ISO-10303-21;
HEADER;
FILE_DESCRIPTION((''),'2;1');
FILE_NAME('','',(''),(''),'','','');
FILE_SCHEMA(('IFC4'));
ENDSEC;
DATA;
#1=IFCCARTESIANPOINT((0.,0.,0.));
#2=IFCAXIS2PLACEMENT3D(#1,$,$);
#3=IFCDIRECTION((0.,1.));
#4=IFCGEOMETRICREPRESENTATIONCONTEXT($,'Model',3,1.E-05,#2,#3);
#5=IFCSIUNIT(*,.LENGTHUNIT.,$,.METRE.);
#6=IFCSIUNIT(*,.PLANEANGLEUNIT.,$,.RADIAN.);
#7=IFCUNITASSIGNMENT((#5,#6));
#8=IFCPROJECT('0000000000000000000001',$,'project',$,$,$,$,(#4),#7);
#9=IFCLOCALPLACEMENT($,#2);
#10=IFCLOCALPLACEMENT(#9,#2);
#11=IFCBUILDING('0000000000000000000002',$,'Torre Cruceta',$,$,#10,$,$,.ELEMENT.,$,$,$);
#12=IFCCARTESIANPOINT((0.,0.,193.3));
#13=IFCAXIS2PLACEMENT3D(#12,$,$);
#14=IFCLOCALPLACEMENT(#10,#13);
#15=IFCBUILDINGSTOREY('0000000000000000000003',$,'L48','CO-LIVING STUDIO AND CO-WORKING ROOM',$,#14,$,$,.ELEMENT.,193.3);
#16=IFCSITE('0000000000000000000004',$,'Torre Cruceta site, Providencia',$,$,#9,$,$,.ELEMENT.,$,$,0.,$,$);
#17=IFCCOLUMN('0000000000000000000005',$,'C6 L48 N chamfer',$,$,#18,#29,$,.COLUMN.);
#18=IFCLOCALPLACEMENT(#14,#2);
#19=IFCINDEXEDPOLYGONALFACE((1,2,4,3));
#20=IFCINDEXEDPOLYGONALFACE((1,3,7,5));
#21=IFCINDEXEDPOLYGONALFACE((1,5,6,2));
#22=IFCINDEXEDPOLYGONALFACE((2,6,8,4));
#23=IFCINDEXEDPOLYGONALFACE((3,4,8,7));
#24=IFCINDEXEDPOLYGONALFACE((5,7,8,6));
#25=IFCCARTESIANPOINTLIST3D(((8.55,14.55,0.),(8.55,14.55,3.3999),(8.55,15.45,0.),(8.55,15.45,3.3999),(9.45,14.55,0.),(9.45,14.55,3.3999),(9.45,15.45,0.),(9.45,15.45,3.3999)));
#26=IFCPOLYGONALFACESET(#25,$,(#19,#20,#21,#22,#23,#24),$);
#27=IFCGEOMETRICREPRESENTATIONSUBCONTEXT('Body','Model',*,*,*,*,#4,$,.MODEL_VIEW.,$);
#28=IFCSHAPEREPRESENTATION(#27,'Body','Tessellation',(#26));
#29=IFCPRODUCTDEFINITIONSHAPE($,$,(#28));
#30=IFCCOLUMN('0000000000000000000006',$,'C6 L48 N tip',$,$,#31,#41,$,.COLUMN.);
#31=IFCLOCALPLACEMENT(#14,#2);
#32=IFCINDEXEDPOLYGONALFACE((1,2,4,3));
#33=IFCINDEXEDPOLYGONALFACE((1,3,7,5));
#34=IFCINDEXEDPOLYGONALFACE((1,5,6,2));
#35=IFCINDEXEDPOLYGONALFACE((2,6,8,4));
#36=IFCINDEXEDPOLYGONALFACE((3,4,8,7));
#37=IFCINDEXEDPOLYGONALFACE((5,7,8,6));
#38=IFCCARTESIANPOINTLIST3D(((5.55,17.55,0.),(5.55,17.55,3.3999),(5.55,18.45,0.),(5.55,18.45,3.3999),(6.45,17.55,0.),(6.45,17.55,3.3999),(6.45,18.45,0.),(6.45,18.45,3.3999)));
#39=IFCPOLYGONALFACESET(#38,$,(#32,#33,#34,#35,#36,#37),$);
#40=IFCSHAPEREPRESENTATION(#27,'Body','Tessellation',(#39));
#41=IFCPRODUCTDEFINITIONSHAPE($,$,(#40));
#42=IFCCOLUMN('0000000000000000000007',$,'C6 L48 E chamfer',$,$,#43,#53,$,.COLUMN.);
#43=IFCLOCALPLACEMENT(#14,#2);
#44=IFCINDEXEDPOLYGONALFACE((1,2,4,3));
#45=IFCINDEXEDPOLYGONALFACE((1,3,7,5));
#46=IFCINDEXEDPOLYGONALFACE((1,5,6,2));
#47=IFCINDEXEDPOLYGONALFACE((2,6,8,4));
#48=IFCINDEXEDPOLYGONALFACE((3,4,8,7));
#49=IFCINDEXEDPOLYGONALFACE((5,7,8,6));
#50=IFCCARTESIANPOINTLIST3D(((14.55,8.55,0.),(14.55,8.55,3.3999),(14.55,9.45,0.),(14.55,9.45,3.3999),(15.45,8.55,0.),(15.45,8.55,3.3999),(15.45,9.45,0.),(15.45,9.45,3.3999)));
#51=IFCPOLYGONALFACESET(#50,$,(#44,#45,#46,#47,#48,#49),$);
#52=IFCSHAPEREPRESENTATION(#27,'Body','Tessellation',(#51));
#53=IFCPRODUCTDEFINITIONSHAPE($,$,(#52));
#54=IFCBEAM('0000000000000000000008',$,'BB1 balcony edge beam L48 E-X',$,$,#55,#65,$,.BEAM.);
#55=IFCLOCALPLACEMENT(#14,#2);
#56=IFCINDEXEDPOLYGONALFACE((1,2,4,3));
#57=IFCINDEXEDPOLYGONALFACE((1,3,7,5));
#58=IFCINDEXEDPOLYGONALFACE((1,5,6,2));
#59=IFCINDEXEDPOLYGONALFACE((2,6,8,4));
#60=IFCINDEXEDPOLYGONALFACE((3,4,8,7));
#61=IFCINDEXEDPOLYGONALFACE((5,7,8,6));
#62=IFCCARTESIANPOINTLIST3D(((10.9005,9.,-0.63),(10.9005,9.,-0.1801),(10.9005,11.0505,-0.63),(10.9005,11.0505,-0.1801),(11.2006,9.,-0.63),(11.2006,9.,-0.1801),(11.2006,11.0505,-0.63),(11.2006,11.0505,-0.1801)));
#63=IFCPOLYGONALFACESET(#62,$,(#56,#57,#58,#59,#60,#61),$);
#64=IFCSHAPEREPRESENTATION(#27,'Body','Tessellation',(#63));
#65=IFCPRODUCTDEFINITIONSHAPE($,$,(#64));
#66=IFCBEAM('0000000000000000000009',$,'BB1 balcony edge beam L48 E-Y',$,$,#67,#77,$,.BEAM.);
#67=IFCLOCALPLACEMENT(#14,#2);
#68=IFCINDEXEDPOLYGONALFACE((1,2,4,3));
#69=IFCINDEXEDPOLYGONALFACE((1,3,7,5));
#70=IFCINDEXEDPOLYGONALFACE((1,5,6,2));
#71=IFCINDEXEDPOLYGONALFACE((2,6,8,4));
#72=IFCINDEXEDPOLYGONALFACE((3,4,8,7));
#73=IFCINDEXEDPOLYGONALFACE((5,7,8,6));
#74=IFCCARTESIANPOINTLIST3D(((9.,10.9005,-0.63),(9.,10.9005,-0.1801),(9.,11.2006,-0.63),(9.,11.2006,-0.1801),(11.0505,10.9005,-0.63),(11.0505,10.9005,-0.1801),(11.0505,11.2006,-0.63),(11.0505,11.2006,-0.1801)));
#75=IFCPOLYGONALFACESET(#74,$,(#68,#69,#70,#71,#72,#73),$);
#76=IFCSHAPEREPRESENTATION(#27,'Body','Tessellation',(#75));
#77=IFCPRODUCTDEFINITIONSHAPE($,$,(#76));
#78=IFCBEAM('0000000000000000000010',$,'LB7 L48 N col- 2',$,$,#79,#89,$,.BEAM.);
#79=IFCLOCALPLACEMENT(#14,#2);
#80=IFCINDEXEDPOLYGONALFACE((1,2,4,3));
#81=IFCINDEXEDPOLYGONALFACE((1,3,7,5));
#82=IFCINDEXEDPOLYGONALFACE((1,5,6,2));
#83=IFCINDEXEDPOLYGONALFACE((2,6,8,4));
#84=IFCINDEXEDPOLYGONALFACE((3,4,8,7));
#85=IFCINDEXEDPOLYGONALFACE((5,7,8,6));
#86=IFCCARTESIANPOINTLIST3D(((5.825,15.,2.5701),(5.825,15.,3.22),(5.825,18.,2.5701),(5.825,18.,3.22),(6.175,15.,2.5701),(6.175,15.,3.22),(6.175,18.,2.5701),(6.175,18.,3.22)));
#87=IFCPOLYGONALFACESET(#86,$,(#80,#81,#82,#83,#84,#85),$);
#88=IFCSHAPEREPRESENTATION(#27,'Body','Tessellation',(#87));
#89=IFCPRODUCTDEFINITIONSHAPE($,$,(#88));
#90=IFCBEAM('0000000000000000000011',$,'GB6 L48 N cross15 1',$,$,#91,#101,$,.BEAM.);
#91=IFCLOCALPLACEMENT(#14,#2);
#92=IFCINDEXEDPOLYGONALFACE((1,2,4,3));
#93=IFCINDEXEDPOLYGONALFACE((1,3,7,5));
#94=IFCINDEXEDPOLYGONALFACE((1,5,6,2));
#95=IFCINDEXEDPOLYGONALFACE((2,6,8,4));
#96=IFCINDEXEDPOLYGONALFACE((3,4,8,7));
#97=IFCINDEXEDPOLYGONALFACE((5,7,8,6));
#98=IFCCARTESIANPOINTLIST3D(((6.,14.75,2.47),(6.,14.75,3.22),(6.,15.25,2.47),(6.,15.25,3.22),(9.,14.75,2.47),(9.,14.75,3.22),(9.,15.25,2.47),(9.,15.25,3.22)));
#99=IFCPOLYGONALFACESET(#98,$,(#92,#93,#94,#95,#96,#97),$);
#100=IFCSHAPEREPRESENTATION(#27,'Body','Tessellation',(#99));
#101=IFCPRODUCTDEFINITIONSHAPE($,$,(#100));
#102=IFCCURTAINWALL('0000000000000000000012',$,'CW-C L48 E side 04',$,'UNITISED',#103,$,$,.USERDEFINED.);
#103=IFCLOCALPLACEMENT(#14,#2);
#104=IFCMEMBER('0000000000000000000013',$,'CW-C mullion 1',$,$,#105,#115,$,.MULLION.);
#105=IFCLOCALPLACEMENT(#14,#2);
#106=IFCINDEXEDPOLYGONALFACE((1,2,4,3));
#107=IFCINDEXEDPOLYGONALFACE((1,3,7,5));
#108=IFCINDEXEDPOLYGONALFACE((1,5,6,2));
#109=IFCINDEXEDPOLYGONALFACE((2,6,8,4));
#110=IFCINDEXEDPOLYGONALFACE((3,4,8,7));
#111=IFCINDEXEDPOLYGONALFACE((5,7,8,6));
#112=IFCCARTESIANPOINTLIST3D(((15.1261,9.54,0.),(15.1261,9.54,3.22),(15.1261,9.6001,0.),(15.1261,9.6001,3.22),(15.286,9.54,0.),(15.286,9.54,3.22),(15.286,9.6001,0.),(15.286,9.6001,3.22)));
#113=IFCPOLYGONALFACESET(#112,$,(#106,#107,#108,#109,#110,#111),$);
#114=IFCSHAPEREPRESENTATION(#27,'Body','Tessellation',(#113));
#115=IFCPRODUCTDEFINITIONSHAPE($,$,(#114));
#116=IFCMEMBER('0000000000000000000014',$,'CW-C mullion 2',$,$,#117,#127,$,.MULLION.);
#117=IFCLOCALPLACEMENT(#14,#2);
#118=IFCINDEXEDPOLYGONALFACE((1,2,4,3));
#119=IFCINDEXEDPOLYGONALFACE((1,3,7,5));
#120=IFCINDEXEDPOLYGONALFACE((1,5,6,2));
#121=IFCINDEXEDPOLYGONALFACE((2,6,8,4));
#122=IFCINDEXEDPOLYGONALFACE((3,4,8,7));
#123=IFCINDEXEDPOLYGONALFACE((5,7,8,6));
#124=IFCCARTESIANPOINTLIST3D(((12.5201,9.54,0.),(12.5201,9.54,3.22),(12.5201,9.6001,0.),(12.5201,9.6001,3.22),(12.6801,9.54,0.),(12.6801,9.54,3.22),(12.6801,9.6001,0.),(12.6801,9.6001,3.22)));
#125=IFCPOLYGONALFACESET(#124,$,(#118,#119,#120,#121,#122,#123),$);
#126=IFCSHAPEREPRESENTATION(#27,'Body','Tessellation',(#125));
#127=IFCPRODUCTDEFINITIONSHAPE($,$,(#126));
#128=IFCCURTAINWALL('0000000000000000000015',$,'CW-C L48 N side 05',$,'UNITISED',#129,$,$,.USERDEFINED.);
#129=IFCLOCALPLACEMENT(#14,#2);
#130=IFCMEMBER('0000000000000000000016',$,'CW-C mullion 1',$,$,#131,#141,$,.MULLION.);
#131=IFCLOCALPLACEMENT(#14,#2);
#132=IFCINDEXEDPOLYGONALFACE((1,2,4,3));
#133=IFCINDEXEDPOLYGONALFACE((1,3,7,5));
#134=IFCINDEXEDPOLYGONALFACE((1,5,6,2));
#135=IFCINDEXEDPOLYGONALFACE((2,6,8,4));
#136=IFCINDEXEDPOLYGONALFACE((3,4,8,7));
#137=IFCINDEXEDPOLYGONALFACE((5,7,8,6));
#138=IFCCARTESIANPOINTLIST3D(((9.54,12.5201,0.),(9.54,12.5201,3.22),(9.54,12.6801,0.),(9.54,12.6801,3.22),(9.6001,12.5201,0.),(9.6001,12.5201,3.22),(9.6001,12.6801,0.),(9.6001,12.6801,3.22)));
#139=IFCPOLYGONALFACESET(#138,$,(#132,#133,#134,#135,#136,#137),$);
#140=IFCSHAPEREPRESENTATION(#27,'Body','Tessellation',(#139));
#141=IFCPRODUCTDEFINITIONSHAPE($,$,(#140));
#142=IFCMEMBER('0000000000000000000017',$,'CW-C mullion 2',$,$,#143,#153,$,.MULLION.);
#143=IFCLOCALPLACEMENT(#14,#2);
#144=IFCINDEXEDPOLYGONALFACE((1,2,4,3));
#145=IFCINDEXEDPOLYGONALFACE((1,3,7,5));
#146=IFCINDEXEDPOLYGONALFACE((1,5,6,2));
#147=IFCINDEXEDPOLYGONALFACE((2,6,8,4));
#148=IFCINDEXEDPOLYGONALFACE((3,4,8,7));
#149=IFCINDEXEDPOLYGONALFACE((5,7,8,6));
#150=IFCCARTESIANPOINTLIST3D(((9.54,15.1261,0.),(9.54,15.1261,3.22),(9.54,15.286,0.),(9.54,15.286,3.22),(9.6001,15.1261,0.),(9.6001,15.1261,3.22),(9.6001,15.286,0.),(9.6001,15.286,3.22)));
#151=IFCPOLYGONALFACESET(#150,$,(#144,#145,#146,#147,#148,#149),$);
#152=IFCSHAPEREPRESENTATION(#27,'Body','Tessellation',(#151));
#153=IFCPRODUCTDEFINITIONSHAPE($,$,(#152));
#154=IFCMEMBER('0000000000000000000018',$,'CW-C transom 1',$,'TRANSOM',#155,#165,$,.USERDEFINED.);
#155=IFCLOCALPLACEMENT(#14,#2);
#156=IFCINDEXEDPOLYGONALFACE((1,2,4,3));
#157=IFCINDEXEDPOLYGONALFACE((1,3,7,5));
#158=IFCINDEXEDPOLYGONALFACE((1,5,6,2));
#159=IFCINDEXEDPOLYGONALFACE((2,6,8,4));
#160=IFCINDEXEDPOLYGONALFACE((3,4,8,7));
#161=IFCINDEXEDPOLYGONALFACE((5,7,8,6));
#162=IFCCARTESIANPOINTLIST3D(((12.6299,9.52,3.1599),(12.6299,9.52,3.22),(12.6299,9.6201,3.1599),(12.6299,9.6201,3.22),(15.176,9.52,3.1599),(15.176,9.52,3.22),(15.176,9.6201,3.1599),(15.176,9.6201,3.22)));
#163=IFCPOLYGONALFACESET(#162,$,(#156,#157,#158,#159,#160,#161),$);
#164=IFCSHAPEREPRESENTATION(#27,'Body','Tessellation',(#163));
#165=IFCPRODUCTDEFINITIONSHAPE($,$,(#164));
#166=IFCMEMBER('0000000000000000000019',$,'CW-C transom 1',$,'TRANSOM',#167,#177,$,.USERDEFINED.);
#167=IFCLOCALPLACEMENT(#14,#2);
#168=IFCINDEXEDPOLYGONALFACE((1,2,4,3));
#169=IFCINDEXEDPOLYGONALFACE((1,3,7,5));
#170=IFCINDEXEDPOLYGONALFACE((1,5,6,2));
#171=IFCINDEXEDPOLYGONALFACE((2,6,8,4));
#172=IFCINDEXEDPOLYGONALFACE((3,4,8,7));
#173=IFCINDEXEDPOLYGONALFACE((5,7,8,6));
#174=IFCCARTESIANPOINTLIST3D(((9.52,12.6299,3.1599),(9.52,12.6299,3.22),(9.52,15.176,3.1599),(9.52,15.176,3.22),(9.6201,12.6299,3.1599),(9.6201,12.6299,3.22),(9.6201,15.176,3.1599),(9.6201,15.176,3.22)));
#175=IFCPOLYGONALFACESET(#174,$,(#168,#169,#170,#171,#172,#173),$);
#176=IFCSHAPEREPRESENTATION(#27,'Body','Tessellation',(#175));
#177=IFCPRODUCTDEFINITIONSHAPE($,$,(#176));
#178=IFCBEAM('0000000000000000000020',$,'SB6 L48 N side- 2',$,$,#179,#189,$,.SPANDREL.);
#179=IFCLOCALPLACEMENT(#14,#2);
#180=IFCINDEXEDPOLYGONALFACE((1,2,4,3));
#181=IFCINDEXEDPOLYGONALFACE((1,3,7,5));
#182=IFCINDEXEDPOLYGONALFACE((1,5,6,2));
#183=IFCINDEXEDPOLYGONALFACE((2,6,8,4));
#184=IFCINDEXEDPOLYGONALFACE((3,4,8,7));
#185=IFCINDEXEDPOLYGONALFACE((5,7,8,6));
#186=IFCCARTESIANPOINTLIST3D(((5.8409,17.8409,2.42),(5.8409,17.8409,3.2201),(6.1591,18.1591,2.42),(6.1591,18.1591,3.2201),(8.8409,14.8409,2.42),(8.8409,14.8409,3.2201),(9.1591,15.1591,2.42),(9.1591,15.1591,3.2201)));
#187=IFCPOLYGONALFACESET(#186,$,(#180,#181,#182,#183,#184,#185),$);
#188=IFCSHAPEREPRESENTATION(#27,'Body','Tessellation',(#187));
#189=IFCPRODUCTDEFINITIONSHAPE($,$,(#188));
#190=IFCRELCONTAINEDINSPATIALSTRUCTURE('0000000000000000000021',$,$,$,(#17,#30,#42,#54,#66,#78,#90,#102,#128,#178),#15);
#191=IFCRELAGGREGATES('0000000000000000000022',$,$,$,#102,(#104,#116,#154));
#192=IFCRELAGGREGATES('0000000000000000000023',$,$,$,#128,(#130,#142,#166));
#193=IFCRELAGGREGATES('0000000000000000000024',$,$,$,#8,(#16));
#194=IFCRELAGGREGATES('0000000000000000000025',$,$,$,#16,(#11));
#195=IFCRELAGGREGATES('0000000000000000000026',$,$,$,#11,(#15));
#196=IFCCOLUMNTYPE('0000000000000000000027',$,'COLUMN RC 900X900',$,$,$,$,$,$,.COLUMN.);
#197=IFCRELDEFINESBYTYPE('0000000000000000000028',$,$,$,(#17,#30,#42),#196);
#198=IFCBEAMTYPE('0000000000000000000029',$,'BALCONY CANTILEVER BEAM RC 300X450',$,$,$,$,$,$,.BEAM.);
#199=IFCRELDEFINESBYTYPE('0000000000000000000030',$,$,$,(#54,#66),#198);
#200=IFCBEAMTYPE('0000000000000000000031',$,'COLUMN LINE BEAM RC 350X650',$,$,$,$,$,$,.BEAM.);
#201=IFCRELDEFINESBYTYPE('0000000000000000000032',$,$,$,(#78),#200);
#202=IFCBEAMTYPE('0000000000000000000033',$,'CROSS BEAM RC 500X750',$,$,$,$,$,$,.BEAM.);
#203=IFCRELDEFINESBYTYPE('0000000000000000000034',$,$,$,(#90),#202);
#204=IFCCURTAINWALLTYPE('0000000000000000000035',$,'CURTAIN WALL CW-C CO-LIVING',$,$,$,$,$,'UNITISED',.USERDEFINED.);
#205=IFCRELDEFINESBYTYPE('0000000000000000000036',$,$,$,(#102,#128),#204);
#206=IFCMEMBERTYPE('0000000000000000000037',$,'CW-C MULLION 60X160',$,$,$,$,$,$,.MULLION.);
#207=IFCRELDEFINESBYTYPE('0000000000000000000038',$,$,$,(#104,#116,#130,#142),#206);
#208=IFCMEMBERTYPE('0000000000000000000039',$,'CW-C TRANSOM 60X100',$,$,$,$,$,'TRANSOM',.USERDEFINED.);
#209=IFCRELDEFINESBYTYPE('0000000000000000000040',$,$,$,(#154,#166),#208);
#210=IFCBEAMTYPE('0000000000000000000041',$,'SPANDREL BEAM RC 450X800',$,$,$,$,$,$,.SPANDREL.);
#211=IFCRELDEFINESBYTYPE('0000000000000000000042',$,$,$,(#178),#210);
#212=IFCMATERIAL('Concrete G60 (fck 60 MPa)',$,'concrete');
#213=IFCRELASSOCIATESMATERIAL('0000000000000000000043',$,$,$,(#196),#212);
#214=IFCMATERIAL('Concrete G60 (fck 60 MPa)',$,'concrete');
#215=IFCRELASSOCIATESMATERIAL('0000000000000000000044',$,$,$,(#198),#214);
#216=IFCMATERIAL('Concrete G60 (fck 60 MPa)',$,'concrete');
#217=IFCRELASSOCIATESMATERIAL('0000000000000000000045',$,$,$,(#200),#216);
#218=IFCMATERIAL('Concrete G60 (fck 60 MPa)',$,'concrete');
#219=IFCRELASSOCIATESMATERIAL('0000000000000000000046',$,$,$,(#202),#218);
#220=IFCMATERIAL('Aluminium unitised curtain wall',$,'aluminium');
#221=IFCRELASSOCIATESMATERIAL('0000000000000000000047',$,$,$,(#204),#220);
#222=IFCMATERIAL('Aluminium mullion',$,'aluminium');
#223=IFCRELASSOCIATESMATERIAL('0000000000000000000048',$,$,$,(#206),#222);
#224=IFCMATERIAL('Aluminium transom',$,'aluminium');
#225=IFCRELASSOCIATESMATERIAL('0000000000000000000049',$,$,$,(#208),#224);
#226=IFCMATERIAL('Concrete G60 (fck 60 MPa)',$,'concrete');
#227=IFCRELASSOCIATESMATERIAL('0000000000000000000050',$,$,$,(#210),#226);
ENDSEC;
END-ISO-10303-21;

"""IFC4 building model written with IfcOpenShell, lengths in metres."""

from ifc_helpers import new_model, si_unit, direction, frame, origin, origin_2d, place, context, subcontext, project, spatial, rectangle, extrude, material, material_profile, profile_set, type_object, element, aggregate, save


model = new_model("IFC4")

# Units and contexts
model_context = context("Model", 3, precision=1e-05, world=origin(), true_north=direction((0.0, 1.0)))
body_context = subcontext(model_context, "Body", "Model", "MODEL_VIEW")
ifc_project = project(units=[si_unit("LENGTHUNIT", "METRE"), si_unit("PLANEANGLEUNIT", "RADIAN")], contexts=[model_context])

# Site, building, storey
site_placement = place(None, origin())
site = spatial("IfcSite", under=ifc_project, at=site_placement, Name="Torre Cruceta site, Providencia", CompositionType="ELEMENT", RefElevation=0.0)
building_placement = place(site_placement, origin())
building = spatial("IfcBuilding", under=site, at=building_placement, Name="Torre Cruceta", CompositionType="ELEMENT")
storey_placement = place(building_placement, frame((0.0, 0.0, 193.3)))
storey = spatial("IfcBuildingStorey", under=building, at=storey_placement, Name="L48", Description="CO-LIVING STUDIO AND CO-WORKING ROOM", CompositionType="ELEMENT", Elevation=193.3)

# Columns
ifc_material_1 = material(Name="Concrete G60 (fck 60 MPa)", Category="concrete")
ifc_material_profile_1 = material_profile(ifc_material_1, rectangle(XDim=0.8999, YDim=0.8999, at=origin_2d()), Name="RC 900X900")
ifc_profile_set_1 = profile_set([ifc_material_profile_1], Name="Concrete G60 (fck 60 MPa)")
column_type = type_object("IfcColumnType", Name="COLUMN RC 900X900", PredefinedType="COLUMN", material=ifc_profile_set_1)
for number, where, z_axis, x_axis, name in (
    (1, (9.0, 15.0, 0.0), (0.0, 0.0, 1.0), (1.0, 0.0, 0.0), "C6 L48 N chamfer"),
    (2, (6.0, 18.0, 0.0), (0.0, 0.0, 1.0), (1.0, 0.0, 0.0), "C6 L48 N tip"),
    (3, (15.0, 9.0, 0.0), (0.0, 0.0, 1.0), (1.0, 0.0, 0.0), "C6 L48 E chamfer"),
):
    element("IfcColumn", number, at=place(storey_placement, frame(where, z_axis=z_axis, x_axis=x_axis)), inside=storey, type_object=column_type, Name=name, PredefinedType="COLUMN", context=body_context, shape_type="SweptSolid", body=[
        extrude(rectangle(XDim=0.8999, YDim=0.8999, at=origin_2d()), origin(), (0.0, 0.0, 1.0), 3.3999),
    ])

# Beams
ifc_material_2 = material(Name="Concrete G60 (fck 60 MPa)", Category="concrete")
ifc_material_profile_2 = material_profile(ifc_material_2, rectangle(XDim=0.3, YDim=0.45, at=origin_2d()), Name="RC 300X450")
ifc_profile_set_2 = profile_set([ifc_material_profile_2], Name="Concrete G60 (fck 60 MPa)")
beam_type_1 = type_object("IfcBeamType", Name="BALCONY CANTILEVER BEAM RC 300X450", PredefinedType="BEAM", material=ifc_profile_set_2)
for number, where, z_axis, x_axis, name in (
    (4, (11.0505, 9.0, -0.405), (0.0, 1.0, 0.0), (-1.0, 0.0, 0.0), "BB1 balcony edge beam L48 E-X"),
    (5, (9.0, 11.0505, -0.405), (1.0, 0.0, 0.0), (0.0, 1.0, 0.0), "BB1 balcony edge beam L48 E-Y"),
):
    element("IfcBeam", number, at=place(storey_placement, frame(where, z_axis=z_axis, x_axis=x_axis)), inside=storey, type_object=beam_type_1, Name=name, PredefinedType="BEAM", context=body_context, shape_type="SweptSolid", body=[
        extrude(rectangle(XDim=0.3, YDim=0.45, at=origin_2d()), origin(), (0.0, 0.0, 1.0), 2.0505),
    ])
ifc_material_3 = material(Name="Concrete G60 (fck 60 MPa)", Category="concrete")
ifc_material_profile_3 = material_profile(ifc_material_3, rectangle(XDim=0.3501, YDim=0.6499, at=origin_2d()), Name="RC 350X650")
ifc_profile_set_3 = profile_set([ifc_material_profile_3], Name="Concrete G60 (fck 60 MPa)")
beam_type_2 = type_object("IfcBeamType", Name="COLUMN LINE BEAM RC 350X650", PredefinedType="BEAM", material=ifc_profile_set_3)
beam_1_placement = place(storey_placement, frame((6.0, 15.0, 2.895), z_axis=(0.0, 1.0, 0.0), x_axis=(-1.0, 0.0, 0.0)))
element("IfcBeam", 6, at=beam_1_placement, inside=storey, type_object=beam_type_2, Name="LB7 L48 N col- 2", PredefinedType="BEAM", context=body_context, shape_type="SweptSolid", body=[
    extrude(rectangle(XDim=0.3501, YDim=0.6499, at=origin_2d()), origin(), (0.0, 0.0, 1.0), 3.0),
])
ifc_material_4 = material(Name="Concrete G60 (fck 60 MPa)", Category="concrete")
ifc_material_profile_4 = material_profile(ifc_material_4, rectangle(XDim=0.5, YDim=0.75, at=origin_2d()), Name="RC 500X750")
ifc_profile_set_4 = profile_set([ifc_material_profile_4], Name="Concrete G60 (fck 60 MPa)")
beam_type_3 = type_object("IfcBeamType", Name="CROSS BEAM RC 500X750", PredefinedType="BEAM", material=ifc_profile_set_4)
beam_2_placement = place(storey_placement, frame((9.0, 15.0, 2.845), z_axis=(-1.0, 0.0, 0.0), x_axis=(0.0, -1.0, 0.0)))
element("IfcBeam", 7, at=beam_2_placement, inside=storey, type_object=beam_type_3, Name="GB6 L48 N cross15 1", PredefinedType="BEAM", context=body_context, shape_type="SweptSolid", body=[
    extrude(rectangle(XDim=0.5, YDim=0.75, at=origin_2d()), origin(), (0.0, 0.0, 1.0), 3.0),
])

# Curtain walls, members
ifc_material_5 = material(Name="Aluminium unitised curtain wall", Category="aluminium")
curtain_wall_type = type_object("IfcCurtainWallType", Name="CURTAIN WALL CW-C CO-LIVING", ElementType="UNITISED", PredefinedType="USERDEFINED", material=ifc_material_5)
curtain_wall_1_placement = place(storey_placement, origin())
curtain_wall_1 = element("IfcCurtainWall", 8, at=curtain_wall_1_placement, inside=storey, type_object=curtain_wall_type, Name="CW-C L48 E side 04", ObjectType="UNITISED", PredefinedType="USERDEFINED")
ifc_material_6 = material(Name="Aluminium mullion", Category="aluminium")
ifc_material_profile_5 = material_profile(ifc_material_6, rectangle(XDim=0.0601, YDim=0.1599, at=origin_2d()), Name="AL 60X160")
ifc_profile_set_5 = profile_set([ifc_material_profile_5], Name="Aluminium mullion")
member_type_1 = type_object("IfcMemberType", Name="CW-C MULLION 60X160", PredefinedType="MULLION", material=ifc_profile_set_5)
member_1_placement = place(storey_placement, frame((15.2061, 9.5701, 0.0), z_axis=(0.0, 0.0, 1.0), x_axis=(0.0, -1.0, 0.0)))
member_1 = element("IfcMember", 9, at=member_1_placement, type_object=member_type_1, Name="CW-C mullion 1", PredefinedType="MULLION", context=body_context, shape_type="SweptSolid", body=[
    extrude(rectangle(XDim=0.0601, YDim=0.1599, at=origin_2d()), origin(), (0.0, 0.0, 1.0), 3.22),
])
member_2_placement = place(storey_placement, frame((12.6001, 9.5701, 0.0), z_axis=(0.0, 0.0, 1.0), x_axis=(0.0, -1.0, 0.0)))
member_2 = element("IfcMember", 10, at=member_2_placement, type_object=member_type_1, Name="CW-C mullion 2", PredefinedType="MULLION", context=body_context, shape_type="SweptSolid", body=[
    extrude(rectangle(XDim=0.0601, YDim=0.1599, at=origin_2d()), origin(), (0.0, 0.0, 1.0), 3.22),
])
curtain_wall_2_placement = place(storey_placement, origin())
curtain_wall_2 = element("IfcCurtainWall", 11, at=curtain_wall_2_placement, inside=storey, type_object=curtain_wall_type, Name="CW-C L48 N side 05", ObjectType="UNITISED", PredefinedType="USERDEFINED")
member_3_placement = place(storey_placement, frame((9.5701, 12.6001, 0.0), z_axis=(0.0, 0.0, 1.0), x_axis=(-1.0, 0.0, 0.0)))
member_3 = element("IfcMember", 12, at=member_3_placement, type_object=member_type_1, Name="CW-C mullion 1", PredefinedType="MULLION", context=body_context, shape_type="SweptSolid", body=[
    extrude(rectangle(XDim=0.0601, YDim=0.1599, at=origin_2d()), origin(), (0.0, 0.0, 1.0), 3.22),
])
member_4_placement = place(storey_placement, frame((9.5701, 15.2061, 0.0), z_axis=(0.0, 0.0, 1.0), x_axis=(-1.0, 0.0, 0.0)))
member_4 = element("IfcMember", 13, at=member_4_placement, type_object=member_type_1, Name="CW-C mullion 2", PredefinedType="MULLION", context=body_context, shape_type="SweptSolid", body=[
    extrude(rectangle(XDim=0.0601, YDim=0.1599, at=origin_2d()), origin(), (0.0, 0.0, 1.0), 3.22),
])

# Members
ifc_material_7 = material(Name="Aluminium transom", Category="aluminium")
ifc_material_profile_6 = material_profile(ifc_material_7, rectangle(XDim=0.1001, YDim=0.0601, at=origin_2d()), Name="AL 100X60")
ifc_profile_set_6 = profile_set([ifc_material_profile_6], Name="Aluminium transom")
member_type_2 = type_object("IfcMemberType", Name="CW-C TRANSOM 60X100", ElementType="TRANSOM", PredefinedType="USERDEFINED", material=ifc_profile_set_6)
member_5_placement = place(storey_placement, frame((15.176, 9.5701, 3.1899), z_axis=(-1.0, 0.0, 0.0), x_axis=(0.0, -1.0, 0.0)))
member_5 = element("IfcMember", 14, at=member_5_placement, type_object=member_type_2, Name="CW-C transom 1", ObjectType="TRANSOM", PredefinedType="USERDEFINED", context=body_context, shape_type="SweptSolid", body=[
    extrude(rectangle(XDim=0.1001, YDim=0.0601, at=origin_2d()), origin(), (0.0, 0.0, 1.0), 2.5461),
])
member_6_placement = place(storey_placement, frame((9.5701, 12.6299, 3.1899), z_axis=(0.0, 1.0, 0.0), x_axis=(-1.0, 0.0, 0.0)))
member_6 = element("IfcMember", 15, at=member_6_placement, type_object=member_type_2, Name="CW-C transom 1", ObjectType="TRANSOM", PredefinedType="USERDEFINED", context=body_context, shape_type="SweptSolid", body=[
    extrude(rectangle(XDim=0.1001, YDim=0.0601, at=origin_2d()), origin(), (0.0, 0.0, 1.0), 2.5461),
])

# Beam
ifc_material_8 = material(Name="Concrete G60 (fck 60 MPa)", Category="concrete")
ifc_material_profile_7 = material_profile(ifc_material_8, rectangle(XDim=0.45, YDim=0.8, at=origin_2d()), Name="RC 450X800")
ifc_profile_set_7 = profile_set([ifc_material_profile_7], Name="Concrete G60 (fck 60 MPa)")
beam_type_4 = type_object("IfcBeamType", Name="SPANDREL BEAM RC 450X800", PredefinedType="SPANDREL", material=ifc_profile_set_7)
for number, where, z_axis, x_axis, name in (
    (16, (9.0, 15.0, 2.8201), (-0.707107, 0.707107, 0.0), (-0.707107, -0.707107, 0.0), "SB6 L48 N side- 2"),
):
    element("IfcBeam", number, at=place(storey_placement, frame(where, z_axis=z_axis, x_axis=x_axis)), inside=storey, type_object=beam_type_4, Name=name, PredefinedType="SPANDREL", context=body_context, shape_type="SweptSolid", body=[
        extrude(rectangle(XDim=0.45, YDim=0.8, at=origin_2d()), origin(), (0.0, 0.0, 1.0), 4.2427),
    ])

aggregate(curtain_wall_1, [member_1, member_2, member_5])
aggregate(curtain_wall_2, [member_3, member_4, member_6])

save(model, "model.ifc")
